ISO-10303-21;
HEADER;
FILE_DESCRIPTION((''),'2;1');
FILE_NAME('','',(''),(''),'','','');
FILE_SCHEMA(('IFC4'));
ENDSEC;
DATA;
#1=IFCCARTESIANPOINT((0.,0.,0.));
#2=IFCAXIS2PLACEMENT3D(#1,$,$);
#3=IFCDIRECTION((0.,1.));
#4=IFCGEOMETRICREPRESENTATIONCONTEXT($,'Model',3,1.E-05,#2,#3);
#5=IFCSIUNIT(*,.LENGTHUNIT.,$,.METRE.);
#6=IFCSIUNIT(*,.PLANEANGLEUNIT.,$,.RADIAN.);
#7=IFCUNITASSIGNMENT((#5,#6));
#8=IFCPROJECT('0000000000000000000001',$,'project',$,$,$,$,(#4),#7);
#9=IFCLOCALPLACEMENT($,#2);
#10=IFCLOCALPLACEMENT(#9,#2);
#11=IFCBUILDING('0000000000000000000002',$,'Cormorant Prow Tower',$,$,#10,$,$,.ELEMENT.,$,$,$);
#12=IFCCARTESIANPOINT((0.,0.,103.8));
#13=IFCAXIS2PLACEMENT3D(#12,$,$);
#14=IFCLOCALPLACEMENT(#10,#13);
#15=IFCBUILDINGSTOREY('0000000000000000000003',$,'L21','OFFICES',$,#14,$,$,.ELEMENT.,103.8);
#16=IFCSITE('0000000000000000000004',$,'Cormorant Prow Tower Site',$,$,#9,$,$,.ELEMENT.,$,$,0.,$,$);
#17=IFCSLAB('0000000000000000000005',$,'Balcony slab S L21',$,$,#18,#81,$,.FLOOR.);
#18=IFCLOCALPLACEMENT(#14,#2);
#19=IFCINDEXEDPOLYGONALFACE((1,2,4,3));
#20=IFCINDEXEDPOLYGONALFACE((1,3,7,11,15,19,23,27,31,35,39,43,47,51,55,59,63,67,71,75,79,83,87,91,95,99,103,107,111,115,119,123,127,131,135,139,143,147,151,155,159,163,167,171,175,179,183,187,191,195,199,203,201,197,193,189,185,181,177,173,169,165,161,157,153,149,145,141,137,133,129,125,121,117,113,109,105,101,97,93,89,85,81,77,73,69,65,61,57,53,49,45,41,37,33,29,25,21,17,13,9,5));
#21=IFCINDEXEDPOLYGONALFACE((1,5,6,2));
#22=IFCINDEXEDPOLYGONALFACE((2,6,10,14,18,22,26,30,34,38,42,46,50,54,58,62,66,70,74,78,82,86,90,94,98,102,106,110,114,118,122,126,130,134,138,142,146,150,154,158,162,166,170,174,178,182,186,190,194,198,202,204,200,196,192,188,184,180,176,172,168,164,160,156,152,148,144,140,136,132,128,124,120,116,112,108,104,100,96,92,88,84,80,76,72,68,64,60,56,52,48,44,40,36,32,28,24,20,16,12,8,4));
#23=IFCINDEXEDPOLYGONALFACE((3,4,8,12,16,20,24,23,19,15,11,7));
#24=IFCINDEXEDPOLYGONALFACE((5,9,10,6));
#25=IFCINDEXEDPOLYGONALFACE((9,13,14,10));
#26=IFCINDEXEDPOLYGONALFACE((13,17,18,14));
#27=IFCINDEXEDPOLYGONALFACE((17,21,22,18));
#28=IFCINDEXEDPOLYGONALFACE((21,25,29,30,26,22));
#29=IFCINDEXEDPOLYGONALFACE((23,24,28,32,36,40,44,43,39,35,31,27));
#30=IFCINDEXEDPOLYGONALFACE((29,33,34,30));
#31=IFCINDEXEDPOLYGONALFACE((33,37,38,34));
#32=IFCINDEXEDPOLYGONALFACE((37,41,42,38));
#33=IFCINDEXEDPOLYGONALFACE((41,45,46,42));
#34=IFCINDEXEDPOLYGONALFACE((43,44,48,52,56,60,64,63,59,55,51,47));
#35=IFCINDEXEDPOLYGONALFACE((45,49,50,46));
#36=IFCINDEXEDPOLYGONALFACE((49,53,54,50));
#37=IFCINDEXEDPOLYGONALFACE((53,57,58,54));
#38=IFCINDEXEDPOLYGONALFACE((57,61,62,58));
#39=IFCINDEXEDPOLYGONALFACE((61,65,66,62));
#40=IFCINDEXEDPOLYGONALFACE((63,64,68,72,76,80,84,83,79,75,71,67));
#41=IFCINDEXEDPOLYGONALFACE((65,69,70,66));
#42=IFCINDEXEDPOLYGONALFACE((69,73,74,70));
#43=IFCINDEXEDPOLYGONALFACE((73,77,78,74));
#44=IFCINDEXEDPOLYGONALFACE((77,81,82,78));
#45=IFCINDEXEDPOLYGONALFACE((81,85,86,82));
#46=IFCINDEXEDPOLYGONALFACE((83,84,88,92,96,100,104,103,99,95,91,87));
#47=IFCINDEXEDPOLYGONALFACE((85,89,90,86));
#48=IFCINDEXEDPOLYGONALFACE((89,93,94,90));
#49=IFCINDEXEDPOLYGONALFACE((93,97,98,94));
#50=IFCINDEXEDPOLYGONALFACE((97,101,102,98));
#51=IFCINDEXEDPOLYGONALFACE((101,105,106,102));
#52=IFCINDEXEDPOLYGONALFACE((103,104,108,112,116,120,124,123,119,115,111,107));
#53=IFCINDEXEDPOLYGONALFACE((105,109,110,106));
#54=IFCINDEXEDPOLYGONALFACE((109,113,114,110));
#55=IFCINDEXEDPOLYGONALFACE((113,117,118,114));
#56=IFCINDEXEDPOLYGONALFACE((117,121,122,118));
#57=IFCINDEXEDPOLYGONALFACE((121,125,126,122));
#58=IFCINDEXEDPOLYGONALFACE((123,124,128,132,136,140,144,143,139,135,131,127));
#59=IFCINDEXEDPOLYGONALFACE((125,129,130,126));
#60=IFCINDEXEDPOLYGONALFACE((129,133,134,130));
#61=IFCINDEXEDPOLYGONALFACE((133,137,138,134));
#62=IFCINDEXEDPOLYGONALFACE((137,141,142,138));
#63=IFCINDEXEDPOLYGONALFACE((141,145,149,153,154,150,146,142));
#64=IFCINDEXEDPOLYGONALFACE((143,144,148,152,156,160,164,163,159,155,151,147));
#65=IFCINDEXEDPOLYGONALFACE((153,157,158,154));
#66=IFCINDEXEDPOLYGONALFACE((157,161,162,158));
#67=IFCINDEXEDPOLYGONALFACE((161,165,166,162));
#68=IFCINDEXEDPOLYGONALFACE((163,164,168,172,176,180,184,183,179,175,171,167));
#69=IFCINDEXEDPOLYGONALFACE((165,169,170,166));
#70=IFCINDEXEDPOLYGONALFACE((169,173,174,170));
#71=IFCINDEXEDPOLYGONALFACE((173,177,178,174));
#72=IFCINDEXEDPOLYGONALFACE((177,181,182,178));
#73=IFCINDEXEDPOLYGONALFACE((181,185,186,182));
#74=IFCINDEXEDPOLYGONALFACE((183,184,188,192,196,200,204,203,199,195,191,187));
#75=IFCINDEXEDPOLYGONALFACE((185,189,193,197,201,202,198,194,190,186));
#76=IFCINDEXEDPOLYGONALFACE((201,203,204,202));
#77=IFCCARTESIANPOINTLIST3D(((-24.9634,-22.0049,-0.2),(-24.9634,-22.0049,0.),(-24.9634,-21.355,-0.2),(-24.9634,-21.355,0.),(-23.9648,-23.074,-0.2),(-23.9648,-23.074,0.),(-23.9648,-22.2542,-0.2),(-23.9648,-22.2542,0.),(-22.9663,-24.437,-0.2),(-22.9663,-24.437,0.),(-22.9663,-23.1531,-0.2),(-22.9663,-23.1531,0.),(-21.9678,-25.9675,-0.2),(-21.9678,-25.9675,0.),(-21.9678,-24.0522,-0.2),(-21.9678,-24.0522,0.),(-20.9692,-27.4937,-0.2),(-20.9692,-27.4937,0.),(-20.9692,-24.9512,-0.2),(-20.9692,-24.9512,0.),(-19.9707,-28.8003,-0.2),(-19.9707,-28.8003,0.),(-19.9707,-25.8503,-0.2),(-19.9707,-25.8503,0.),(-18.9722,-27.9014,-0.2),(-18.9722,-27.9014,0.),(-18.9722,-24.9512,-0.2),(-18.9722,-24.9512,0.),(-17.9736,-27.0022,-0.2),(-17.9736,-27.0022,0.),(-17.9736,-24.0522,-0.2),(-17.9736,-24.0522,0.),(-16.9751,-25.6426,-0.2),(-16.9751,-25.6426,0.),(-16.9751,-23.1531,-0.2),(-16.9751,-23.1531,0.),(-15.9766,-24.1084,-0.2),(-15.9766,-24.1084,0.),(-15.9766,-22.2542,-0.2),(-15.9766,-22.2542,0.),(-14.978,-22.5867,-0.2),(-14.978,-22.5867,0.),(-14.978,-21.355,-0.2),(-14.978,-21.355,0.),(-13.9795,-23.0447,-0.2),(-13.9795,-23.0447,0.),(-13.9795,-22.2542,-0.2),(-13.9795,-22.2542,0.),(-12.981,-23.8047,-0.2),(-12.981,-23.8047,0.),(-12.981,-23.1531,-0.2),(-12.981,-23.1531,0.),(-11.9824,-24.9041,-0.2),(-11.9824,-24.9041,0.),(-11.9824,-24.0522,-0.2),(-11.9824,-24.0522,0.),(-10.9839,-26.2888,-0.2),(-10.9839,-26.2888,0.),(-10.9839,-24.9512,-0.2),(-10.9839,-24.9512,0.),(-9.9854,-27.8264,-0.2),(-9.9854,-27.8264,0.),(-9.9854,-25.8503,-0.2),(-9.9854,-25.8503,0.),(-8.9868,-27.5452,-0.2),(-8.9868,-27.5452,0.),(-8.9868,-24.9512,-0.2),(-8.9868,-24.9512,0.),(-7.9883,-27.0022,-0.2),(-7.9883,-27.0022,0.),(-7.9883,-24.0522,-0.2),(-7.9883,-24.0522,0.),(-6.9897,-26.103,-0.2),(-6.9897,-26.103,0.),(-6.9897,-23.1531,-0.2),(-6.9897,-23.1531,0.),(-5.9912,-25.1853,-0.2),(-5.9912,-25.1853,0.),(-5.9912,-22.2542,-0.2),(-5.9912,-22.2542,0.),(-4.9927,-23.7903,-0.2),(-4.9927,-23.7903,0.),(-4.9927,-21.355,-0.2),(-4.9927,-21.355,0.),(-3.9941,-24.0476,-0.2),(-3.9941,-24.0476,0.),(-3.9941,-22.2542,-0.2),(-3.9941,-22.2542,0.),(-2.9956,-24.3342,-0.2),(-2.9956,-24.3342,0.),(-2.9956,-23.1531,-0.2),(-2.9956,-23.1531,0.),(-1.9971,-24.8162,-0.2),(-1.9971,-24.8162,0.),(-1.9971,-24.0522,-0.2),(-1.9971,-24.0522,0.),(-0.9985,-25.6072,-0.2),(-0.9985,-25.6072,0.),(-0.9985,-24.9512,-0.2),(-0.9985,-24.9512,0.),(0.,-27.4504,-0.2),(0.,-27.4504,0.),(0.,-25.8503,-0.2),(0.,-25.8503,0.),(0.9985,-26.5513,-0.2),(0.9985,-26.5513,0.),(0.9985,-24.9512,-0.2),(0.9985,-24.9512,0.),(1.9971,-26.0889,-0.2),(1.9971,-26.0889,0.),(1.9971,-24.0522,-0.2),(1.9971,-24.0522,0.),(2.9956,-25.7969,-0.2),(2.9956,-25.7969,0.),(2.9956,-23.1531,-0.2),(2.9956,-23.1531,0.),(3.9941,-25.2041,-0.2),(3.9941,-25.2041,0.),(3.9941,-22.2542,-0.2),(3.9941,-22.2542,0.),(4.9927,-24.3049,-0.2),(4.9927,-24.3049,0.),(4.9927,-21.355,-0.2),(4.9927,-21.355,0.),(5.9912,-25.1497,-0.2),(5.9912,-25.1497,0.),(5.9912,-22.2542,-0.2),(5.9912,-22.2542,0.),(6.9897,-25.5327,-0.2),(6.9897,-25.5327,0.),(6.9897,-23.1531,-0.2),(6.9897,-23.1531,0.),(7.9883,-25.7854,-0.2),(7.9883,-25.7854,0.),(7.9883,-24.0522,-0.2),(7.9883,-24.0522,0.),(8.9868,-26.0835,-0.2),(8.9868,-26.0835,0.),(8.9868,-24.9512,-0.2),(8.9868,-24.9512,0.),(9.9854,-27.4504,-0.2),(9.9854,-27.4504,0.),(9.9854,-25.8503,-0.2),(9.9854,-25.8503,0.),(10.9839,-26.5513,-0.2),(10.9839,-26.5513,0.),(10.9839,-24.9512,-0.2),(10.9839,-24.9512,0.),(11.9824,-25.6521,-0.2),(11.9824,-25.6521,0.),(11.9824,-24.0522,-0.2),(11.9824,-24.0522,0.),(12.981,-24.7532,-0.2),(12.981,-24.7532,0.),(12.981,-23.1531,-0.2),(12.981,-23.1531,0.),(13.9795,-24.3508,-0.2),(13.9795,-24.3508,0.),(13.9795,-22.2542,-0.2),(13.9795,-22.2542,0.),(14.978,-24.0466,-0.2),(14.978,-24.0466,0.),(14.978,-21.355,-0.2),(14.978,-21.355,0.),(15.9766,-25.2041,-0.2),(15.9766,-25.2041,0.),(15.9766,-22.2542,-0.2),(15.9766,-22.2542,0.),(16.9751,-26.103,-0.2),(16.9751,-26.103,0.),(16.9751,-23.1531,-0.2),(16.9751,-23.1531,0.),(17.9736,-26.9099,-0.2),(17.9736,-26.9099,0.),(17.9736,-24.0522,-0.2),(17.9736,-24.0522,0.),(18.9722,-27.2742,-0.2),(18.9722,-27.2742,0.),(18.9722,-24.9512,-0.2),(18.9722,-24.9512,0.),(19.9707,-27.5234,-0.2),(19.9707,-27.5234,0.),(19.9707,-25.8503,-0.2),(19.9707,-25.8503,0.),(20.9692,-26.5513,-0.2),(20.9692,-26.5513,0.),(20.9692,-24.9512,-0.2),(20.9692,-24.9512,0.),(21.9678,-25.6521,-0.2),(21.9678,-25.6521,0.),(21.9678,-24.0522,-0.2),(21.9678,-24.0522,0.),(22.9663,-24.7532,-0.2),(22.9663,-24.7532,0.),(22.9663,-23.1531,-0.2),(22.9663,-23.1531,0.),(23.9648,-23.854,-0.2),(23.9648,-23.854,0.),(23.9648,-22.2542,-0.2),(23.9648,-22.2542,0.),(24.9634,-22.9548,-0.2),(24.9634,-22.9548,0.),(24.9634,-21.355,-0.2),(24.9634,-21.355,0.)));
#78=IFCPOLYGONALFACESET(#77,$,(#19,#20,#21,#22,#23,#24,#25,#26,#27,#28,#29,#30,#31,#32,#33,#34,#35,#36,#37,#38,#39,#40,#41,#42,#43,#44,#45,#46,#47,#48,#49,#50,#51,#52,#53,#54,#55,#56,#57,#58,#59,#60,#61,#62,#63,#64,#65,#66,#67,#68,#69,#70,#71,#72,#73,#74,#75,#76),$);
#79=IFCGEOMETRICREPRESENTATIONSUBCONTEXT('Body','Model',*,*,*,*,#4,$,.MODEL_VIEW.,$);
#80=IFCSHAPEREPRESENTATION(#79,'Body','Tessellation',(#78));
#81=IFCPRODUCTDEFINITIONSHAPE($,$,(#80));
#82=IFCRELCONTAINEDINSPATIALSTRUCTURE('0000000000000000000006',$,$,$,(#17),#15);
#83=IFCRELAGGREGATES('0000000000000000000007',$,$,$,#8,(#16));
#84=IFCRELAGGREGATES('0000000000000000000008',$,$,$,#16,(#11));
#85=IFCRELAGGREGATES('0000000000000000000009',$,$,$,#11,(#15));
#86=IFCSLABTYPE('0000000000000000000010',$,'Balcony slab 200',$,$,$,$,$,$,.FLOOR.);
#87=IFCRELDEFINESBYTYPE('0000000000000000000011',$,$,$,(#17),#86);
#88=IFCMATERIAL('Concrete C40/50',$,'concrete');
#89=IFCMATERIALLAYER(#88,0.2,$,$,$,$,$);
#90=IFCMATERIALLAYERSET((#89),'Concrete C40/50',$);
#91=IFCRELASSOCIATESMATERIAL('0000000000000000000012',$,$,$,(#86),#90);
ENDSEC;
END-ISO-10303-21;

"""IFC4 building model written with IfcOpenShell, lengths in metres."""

from ifc_helpers import new_model, si_unit, direction, frame, origin, place, context, subcontext, project, spatial, polyline, outline, extrude, material, layer, layer_set, type_object, element, save


model = new_model("IFC4")

# Units and contexts
model_context = context("Model", 3, precision=1e-05, world=origin(), true_north=direction((0.0, 1.0)))
body_context = subcontext(model_context, "Body", "Model", "MODEL_VIEW")
ifc_project = project(units=[si_unit("LENGTHUNIT", "METRE"), si_unit("PLANEANGLEUNIT", "RADIAN")], contexts=[model_context])

# Site, building, storey
site_placement = place(None, origin())
site = spatial("IfcSite", under=ifc_project, at=site_placement, Name="Cormorant Prow Tower Site", CompositionType="ELEMENT", RefElevation=0.0)
building_placement = place(site_placement, origin())
building = spatial("IfcBuilding", under=site, at=building_placement, Name="Cormorant Prow Tower", CompositionType="ELEMENT")
storey_placement = place(building_placement, frame((0.0, 0.0, 103.8)))
storey = spatial("IfcBuildingStorey", under=building, at=storey_placement, Name="L21", Description="OFFICES", CompositionType="ELEMENT", Elevation=103.8)

# Slab
ifc_material_1 = material(Name="Concrete C40/50", Category="concrete")
ifc_layer_1 = layer(ifc_material_1, 0.2)
ifc_layer_set_1 = layer_set([ifc_layer_1], Name="Concrete C40/50")
slab_type_1 = type_object("IfcSlabType", Name="Balcony slab 200", PredefinedType="FLOOR", material=ifc_layer_set_1)
slab_1_placement = place(storey_placement, frame((0.0, 0.0, -0.2)))
element("IfcSlab", 1, at=slab_1_placement, inside=storey, type_object=slab_type_1, Name="Balcony slab S L21", PredefinedType="FLOOR", context=body_context, shape_type="SweptSolid", body=[
    extrude(outline(polyline([(-24.9634, -21.355), (-24.9634, -22.0049), (-23.9648, -23.074), (-22.9663, -24.437), (-21.9678, -25.9675), (-20.9692, -27.4937), (-19.9707, -28.8003), (-18.9722, -27.9014), (-17.9736, -27.0022), (-16.9751, -25.6426), (-15.9766, -24.1084), (-14.978, -22.5867), (-13.9795, -23.0447), (-12.981, -23.8047), (-11.9824, -24.9041), (-10.9839, -26.2888), (-9.9854, -27.8264), (-8.9868, -27.5452), (-7.9883, -27.0022), (-6.9897, -26.103), (-5.9912, -25.1853), (-4.9927, -23.7903), (-3.9941, -24.0476), (-2.9956, -24.3342), (-1.9971, -24.8162), (-0.9985, -25.6072), (0.0, -27.4504), (0.9985, -26.5513), (1.9971, -26.0889), (2.9956, -25.7969), (3.9941, -25.2041), (4.9927, -24.3049), (5.9912, -25.1497), (6.9897, -25.5327), (7.9883, -25.7854), (8.9868, -26.0835), (9.9854, -27.4504), (10.9839, -26.5513), (11.9824, -25.6521), (12.981, -24.7532), (13.9795, -24.3508), (14.978, -24.0466), (15.9766, -25.2041), (16.9751, -26.103), (17.9736, -26.9099), (18.9722, -27.2742), (19.9707, -27.5234), (20.9692, -26.5513), (21.9678, -25.6521), (22.9663, -24.7532), (23.9648, -23.854), (24.9634, -22.9548), (24.9634, -21.355), (23.9648, -22.2542), (22.9663, -23.1531), (21.9678, -24.0522), (20.9692, -24.9512), (19.9707, -25.8503), (18.9722, -24.9512), (17.9736, -24.0522), (16.9751, -23.1531), (15.9766, -22.2542), (14.978, -21.355), (13.9795, -22.2542), (12.981, -23.1531), (11.9824, -24.0522), (10.9839, -24.9512), (9.9854, -25.8503), (8.9868, -24.9512), (7.9883, -24.0522), (6.9897, -23.1531), (5.9912, -22.2542), (4.9927, -21.355), (3.9941, -22.2542), (2.9956, -23.1531), (1.9971, -24.0522), (0.9985, -24.9512), (0.0, -25.8503), (-0.9985, -24.9512), (-1.9971, -24.0522), (-2.9956, -23.1531), (-3.9941, -22.2542), (-4.9927, -21.355), (-5.9912, -22.2542), (-6.9897, -23.1531), (-7.9883, -24.0522), (-8.9868, -24.9512), (-9.9854, -25.8503), (-10.9839, -24.9512), (-11.9824, -24.0522), (-12.981, -23.1531), (-13.9795, -22.2542), (-14.978, -21.355), (-15.9766, -22.2542), (-16.9751, -23.1531), (-17.9736, -24.0522), (-18.9722, -24.9512), (-19.9707, -25.8503), (-20.9692, -24.9512), (-21.9678, -24.0522), (-22.9663, -23.1531), (-23.9648, -22.2542), (-24.9634, -21.355)])), origin(), (0.0, 0.0, 1.0), 0.2),
])

save(model, "model.ifc")
